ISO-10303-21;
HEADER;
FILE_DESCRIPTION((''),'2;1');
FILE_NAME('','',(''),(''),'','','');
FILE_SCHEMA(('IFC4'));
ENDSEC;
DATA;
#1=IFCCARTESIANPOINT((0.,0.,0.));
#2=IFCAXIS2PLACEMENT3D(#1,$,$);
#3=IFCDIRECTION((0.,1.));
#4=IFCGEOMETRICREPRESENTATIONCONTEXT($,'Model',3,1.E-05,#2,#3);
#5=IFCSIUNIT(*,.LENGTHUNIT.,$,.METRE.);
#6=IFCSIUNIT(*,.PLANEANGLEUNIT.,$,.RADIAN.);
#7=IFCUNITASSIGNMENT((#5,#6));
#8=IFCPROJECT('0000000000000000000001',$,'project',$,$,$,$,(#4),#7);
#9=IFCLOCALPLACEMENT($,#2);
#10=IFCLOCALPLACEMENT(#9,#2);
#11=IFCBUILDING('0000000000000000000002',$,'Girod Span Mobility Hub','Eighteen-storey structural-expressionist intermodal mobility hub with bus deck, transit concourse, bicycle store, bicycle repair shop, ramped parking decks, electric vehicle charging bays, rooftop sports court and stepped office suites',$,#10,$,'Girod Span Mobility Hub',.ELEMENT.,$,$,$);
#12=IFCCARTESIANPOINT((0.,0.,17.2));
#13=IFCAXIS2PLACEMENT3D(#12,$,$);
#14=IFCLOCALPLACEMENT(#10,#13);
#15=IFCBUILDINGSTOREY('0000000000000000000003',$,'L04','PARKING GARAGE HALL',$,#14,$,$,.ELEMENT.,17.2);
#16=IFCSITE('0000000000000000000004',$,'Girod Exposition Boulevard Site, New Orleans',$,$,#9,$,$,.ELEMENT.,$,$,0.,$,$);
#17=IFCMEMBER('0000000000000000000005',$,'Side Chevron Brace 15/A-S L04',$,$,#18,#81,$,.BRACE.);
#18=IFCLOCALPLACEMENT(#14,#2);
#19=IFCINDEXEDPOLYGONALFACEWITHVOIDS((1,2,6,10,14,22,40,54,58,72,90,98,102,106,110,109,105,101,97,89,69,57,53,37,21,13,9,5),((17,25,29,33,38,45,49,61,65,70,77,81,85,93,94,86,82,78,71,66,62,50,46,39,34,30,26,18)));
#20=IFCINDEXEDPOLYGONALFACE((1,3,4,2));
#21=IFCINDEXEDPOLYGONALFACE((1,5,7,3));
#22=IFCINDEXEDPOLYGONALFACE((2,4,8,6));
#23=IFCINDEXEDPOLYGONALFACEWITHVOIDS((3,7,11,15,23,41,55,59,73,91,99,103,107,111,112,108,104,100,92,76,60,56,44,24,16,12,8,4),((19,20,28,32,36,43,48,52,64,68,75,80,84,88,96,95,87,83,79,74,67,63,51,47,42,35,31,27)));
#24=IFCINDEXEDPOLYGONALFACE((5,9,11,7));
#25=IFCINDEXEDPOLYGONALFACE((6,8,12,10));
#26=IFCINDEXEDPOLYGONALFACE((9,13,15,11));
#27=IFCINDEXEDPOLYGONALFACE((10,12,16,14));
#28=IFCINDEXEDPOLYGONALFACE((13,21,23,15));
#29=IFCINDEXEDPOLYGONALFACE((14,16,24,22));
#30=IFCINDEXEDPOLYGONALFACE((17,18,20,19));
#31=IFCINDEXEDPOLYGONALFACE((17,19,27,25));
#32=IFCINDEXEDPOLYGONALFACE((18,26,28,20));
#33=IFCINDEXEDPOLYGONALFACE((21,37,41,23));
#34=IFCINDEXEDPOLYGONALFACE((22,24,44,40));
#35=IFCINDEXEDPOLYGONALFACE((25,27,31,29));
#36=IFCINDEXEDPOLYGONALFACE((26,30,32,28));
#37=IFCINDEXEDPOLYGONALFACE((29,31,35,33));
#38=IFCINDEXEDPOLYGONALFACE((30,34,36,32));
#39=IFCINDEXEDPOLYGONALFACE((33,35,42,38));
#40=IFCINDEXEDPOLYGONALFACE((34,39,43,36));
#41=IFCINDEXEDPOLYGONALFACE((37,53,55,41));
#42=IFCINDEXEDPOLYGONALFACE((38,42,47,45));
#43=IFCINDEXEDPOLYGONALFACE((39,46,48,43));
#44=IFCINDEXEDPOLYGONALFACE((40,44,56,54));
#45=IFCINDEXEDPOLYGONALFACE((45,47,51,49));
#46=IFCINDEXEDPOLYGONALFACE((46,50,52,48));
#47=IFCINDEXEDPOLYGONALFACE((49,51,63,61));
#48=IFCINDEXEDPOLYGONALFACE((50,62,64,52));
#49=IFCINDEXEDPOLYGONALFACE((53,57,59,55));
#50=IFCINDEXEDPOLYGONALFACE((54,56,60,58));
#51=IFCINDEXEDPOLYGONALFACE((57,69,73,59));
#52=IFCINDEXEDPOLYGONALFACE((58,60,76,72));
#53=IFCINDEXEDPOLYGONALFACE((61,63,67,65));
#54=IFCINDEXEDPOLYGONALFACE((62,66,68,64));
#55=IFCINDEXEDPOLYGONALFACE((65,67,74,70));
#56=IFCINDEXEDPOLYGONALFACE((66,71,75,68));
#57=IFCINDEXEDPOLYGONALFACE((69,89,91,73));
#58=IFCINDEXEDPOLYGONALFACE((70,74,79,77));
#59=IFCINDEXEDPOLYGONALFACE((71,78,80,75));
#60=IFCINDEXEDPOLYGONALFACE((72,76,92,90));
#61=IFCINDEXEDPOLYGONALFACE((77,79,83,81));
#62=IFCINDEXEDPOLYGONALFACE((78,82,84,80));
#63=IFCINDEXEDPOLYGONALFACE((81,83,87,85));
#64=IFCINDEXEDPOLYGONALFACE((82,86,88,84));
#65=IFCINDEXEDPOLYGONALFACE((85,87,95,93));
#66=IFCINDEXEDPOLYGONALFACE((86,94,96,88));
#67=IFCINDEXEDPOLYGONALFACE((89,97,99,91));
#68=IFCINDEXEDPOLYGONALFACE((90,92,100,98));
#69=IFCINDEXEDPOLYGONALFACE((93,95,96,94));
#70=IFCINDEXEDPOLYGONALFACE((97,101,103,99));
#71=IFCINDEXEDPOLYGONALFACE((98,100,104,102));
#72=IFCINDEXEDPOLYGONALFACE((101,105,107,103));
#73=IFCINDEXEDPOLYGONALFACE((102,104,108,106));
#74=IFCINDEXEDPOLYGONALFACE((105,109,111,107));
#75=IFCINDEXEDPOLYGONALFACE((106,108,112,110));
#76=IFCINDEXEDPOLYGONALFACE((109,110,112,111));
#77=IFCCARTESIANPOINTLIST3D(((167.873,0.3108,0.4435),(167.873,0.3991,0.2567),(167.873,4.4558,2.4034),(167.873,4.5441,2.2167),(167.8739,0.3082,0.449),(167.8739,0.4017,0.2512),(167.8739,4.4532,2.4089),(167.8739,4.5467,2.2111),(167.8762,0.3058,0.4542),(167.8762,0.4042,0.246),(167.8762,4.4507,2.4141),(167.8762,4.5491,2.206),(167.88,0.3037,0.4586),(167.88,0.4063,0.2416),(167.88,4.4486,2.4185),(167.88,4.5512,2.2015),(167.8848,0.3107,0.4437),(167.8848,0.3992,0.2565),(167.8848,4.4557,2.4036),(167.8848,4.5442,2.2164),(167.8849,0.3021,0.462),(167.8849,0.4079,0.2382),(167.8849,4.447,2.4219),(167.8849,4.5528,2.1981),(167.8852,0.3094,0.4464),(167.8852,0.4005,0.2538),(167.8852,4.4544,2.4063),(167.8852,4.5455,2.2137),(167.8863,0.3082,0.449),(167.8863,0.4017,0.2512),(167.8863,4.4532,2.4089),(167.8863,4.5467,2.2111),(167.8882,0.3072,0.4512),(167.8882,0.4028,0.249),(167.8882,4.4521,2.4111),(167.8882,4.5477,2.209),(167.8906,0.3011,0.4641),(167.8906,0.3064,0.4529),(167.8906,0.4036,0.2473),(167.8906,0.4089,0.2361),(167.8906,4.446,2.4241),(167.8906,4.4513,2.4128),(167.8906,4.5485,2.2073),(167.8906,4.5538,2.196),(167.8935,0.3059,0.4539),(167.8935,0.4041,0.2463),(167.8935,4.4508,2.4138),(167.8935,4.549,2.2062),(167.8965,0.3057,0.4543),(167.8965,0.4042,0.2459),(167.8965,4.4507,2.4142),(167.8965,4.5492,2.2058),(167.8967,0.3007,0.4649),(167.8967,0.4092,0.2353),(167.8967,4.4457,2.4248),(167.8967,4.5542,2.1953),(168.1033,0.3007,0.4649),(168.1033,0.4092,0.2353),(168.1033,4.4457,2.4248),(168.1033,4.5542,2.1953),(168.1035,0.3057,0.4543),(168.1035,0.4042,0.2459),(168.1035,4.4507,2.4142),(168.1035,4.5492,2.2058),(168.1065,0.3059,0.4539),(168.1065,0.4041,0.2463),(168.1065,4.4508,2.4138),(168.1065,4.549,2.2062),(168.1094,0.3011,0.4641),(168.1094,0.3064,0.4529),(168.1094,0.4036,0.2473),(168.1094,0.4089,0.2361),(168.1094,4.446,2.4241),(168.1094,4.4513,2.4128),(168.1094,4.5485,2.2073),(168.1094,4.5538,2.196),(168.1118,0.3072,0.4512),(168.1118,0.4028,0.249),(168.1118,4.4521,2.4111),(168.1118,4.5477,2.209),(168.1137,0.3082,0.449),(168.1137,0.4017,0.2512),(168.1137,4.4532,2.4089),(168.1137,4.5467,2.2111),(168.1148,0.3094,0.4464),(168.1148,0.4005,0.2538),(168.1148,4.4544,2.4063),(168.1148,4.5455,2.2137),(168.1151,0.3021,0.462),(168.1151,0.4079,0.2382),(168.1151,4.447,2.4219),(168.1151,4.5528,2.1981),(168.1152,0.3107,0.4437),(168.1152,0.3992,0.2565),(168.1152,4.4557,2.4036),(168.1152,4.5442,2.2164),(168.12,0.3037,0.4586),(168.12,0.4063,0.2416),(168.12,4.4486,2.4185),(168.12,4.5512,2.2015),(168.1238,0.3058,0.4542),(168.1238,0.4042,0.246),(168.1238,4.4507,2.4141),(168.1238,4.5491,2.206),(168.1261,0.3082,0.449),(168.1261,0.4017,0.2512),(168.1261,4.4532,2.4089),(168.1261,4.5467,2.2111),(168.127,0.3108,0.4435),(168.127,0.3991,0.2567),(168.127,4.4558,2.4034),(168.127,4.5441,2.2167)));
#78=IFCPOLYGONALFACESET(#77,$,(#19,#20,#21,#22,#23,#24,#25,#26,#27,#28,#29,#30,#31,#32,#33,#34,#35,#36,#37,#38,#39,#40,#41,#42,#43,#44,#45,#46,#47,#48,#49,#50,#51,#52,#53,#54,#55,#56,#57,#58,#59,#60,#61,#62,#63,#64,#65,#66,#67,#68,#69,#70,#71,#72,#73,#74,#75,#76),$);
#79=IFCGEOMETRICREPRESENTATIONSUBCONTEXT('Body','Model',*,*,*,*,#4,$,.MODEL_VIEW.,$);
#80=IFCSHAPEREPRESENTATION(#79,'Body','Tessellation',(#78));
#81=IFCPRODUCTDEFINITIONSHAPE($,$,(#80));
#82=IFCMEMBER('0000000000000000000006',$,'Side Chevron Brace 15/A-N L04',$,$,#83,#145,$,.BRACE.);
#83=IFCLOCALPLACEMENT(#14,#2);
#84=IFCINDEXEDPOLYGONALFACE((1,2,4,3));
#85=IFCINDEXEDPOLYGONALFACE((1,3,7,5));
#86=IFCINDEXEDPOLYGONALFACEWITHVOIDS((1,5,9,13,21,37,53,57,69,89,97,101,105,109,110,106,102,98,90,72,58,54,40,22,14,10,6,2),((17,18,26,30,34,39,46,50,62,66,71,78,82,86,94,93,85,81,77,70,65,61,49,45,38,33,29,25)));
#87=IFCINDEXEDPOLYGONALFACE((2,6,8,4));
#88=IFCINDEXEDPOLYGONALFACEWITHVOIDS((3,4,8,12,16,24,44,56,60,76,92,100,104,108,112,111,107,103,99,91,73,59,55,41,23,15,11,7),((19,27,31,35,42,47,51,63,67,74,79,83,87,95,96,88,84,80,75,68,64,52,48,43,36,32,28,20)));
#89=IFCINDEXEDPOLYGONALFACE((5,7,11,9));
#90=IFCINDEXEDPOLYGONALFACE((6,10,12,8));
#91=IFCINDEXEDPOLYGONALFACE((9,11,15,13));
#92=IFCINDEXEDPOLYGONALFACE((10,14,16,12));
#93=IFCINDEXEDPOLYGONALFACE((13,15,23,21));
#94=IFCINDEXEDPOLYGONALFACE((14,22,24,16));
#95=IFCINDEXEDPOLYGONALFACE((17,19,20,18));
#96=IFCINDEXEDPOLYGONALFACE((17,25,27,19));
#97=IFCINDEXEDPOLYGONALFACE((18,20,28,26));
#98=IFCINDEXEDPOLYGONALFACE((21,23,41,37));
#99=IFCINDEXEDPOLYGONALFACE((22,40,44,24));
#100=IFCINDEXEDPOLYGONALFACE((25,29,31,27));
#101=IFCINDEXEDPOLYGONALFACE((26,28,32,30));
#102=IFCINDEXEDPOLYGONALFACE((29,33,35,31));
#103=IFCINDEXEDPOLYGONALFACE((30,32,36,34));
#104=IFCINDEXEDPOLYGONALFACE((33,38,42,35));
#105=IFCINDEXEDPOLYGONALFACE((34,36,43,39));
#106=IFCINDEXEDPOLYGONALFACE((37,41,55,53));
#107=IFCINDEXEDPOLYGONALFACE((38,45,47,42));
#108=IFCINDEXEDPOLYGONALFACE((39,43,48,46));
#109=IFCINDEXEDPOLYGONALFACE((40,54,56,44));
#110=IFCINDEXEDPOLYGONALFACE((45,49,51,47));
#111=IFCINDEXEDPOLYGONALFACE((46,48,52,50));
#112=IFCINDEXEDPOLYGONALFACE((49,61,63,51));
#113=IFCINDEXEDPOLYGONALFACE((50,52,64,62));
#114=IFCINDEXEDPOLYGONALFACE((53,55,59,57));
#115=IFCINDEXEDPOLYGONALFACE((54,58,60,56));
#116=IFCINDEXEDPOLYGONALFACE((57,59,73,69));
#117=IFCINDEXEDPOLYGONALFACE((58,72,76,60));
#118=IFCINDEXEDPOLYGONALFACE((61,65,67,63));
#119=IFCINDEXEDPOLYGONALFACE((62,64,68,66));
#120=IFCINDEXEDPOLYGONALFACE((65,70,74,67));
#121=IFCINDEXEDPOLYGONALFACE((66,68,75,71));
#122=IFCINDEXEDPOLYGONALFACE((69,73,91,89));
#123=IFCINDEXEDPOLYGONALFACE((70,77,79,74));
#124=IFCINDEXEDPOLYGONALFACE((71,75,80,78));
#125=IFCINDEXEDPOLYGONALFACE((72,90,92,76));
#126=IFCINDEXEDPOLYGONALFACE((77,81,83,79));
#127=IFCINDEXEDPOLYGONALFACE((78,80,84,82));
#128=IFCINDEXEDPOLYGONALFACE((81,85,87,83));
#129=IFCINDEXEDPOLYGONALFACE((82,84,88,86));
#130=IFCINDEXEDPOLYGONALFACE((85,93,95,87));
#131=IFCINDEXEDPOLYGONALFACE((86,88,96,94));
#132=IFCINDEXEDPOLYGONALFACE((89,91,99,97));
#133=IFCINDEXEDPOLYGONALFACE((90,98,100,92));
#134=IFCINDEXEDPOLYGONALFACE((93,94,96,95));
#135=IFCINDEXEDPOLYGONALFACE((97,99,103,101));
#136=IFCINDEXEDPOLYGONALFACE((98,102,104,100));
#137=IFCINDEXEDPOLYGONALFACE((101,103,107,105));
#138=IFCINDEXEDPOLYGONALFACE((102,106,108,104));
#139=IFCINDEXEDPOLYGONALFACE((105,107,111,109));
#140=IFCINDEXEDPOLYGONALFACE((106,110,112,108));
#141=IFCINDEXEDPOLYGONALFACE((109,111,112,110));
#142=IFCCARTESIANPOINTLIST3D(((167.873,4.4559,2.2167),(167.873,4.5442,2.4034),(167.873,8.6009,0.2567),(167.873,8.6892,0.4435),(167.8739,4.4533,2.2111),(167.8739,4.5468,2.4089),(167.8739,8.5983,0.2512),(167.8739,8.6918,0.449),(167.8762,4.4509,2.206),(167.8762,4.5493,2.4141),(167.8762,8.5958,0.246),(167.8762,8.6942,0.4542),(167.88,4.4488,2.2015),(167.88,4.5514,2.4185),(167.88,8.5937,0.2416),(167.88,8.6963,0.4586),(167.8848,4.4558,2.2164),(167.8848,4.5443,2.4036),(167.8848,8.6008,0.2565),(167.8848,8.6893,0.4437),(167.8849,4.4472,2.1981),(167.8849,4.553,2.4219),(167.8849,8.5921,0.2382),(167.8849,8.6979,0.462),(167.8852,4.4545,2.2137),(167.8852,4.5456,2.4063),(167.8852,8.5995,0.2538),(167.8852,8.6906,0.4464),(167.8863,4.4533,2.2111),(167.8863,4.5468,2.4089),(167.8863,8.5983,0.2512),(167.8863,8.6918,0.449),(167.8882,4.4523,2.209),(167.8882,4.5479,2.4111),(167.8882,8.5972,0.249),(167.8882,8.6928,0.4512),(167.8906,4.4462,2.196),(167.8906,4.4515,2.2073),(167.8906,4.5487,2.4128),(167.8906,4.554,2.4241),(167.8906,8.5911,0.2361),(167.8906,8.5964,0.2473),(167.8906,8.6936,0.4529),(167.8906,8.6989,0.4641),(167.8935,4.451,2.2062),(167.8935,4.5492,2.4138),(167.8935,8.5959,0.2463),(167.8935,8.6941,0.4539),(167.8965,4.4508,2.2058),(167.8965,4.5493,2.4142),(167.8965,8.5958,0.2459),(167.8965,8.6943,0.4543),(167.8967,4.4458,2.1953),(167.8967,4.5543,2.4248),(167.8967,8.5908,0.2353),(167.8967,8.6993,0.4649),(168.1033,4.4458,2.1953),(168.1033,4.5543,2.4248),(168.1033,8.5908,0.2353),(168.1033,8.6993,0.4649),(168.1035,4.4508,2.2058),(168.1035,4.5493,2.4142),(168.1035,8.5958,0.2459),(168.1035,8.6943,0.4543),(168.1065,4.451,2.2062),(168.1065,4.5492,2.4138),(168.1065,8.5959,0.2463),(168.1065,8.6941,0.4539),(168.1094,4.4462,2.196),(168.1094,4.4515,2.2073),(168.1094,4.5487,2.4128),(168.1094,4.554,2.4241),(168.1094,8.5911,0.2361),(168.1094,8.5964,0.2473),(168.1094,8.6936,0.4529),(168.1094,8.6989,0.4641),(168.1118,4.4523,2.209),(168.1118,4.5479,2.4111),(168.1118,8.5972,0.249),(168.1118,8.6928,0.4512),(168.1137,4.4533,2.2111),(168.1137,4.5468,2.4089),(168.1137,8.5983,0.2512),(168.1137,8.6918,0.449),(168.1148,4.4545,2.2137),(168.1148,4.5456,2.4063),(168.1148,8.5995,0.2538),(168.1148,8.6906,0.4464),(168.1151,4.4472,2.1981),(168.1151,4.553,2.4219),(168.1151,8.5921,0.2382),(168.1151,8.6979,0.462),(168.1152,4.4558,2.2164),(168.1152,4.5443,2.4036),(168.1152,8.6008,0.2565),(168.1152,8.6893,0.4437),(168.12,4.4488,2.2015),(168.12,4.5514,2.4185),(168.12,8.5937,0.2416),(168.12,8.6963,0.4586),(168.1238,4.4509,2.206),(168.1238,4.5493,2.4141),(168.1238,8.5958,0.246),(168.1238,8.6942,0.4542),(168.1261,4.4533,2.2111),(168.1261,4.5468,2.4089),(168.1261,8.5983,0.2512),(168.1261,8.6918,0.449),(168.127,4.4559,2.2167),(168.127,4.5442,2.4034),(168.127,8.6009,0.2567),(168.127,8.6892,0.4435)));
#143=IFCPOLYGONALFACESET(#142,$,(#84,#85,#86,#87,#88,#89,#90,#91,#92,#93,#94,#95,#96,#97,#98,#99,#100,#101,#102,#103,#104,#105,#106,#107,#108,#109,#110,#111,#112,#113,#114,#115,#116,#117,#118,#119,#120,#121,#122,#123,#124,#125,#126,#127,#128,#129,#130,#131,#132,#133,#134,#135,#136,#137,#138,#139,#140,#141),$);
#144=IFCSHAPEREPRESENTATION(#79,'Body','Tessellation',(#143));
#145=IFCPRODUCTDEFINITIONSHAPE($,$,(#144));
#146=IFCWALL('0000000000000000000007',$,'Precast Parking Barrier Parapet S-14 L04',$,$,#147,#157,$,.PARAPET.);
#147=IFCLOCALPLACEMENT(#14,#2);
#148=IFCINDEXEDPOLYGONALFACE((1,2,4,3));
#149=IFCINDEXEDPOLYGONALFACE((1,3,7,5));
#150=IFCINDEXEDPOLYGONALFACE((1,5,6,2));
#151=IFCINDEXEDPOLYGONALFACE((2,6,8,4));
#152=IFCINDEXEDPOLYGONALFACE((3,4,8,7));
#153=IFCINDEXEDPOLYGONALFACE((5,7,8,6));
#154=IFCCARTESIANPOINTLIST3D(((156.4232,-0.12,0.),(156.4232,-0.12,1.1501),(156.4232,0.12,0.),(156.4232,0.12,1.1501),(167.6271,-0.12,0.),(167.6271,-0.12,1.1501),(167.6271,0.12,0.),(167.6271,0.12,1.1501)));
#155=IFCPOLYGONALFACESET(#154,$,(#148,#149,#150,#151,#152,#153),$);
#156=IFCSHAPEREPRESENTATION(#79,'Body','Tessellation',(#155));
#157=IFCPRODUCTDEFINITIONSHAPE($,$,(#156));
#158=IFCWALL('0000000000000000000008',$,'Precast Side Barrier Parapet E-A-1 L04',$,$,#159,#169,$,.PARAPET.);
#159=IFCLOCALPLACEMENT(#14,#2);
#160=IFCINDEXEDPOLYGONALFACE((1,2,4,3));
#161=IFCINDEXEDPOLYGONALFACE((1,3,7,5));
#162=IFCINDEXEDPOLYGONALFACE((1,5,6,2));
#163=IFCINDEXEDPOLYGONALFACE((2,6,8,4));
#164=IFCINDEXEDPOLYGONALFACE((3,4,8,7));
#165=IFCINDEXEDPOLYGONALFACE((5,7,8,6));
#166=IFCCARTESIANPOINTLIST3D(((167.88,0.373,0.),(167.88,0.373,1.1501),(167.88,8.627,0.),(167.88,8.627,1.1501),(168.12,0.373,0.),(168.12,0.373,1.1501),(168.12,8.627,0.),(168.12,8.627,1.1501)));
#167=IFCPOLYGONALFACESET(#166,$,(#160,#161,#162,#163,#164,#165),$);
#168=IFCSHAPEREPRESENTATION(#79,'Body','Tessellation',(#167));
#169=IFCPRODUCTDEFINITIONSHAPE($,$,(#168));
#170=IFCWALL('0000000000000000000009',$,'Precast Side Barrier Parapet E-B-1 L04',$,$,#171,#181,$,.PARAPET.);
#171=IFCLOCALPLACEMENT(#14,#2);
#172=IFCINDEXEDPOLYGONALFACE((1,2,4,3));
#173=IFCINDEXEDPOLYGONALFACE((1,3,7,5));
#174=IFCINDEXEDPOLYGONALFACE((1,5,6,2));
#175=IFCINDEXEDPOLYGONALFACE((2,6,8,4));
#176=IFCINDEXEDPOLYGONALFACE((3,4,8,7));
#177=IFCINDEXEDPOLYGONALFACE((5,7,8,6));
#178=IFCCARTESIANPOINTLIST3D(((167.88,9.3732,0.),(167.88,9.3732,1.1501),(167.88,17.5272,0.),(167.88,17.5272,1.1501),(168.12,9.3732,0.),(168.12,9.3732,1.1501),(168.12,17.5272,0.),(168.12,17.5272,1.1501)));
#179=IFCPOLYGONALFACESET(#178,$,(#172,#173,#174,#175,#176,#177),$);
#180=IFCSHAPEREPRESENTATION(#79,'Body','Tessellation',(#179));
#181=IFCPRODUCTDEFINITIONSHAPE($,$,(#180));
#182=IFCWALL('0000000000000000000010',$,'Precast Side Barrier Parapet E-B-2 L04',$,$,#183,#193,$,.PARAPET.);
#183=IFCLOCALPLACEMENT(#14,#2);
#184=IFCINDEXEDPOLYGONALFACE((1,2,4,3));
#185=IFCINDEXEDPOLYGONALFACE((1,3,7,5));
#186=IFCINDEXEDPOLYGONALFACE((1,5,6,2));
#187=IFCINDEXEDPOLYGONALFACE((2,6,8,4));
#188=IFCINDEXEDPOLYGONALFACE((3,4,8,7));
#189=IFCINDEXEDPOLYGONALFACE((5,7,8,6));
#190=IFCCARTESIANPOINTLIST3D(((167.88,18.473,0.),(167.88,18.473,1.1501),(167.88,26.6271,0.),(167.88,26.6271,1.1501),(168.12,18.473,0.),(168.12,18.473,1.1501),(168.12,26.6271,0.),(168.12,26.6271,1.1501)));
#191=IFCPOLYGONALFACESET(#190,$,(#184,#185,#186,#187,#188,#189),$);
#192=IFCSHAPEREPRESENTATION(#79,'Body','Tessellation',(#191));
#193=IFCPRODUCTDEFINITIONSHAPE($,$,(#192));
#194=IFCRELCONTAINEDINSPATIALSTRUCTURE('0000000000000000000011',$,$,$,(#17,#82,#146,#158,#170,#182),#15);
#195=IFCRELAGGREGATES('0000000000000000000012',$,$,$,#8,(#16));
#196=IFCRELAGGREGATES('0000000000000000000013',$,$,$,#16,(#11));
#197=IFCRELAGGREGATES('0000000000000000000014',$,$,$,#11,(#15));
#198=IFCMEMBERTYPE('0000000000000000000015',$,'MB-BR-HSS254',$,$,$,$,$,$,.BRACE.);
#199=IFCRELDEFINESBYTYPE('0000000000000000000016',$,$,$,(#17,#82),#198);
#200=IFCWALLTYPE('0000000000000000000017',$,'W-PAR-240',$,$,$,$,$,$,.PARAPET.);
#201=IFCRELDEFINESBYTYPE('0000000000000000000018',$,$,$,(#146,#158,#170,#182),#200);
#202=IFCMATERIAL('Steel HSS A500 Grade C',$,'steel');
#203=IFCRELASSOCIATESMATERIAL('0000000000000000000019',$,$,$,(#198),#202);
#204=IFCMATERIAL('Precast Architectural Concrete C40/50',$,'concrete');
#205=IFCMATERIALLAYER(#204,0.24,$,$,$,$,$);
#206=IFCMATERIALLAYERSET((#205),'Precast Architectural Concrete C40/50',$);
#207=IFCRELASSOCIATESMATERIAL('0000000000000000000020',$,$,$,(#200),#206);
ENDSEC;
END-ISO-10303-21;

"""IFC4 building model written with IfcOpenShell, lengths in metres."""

from ifc_helpers import new_model, si_unit, direction, frame, frame_2d, origin, origin_2d, place, context, subcontext, project, spatial, rectangle, hollow_rectangle, extrude, material, layer, layer_set, material_profile, profile_set, type_object, element, save


model = new_model("IFC4")

# Units and contexts
model_context = context("Model", 3, precision=1e-05, world=origin(), true_north=direction((0.0, 1.0)))
body_context = subcontext(model_context, "Body", "Model", "MODEL_VIEW")
ifc_project = project(units=[si_unit("LENGTHUNIT", "METRE"), si_unit("PLANEANGLEUNIT", "RADIAN")], contexts=[model_context])

# Site, building, storey
site_placement = place(None, origin())
site = spatial("IfcSite", under=ifc_project, at=site_placement, Name="Girod Exposition Boulevard Site, New Orleans", CompositionType="ELEMENT", RefElevation=0.0)
building_placement = place(site_placement, origin())
building = spatial("IfcBuilding", under=site, at=building_placement, Name="Girod Span Mobility Hub", Description="Eighteen-storey structural-expressionist intermodal mobility hub with bus deck, transit concourse, bicycle store, bicycle repair shop, ramped parking decks, electric vehicle charging bays, rooftop sports court and stepped office suites", LongName="Girod Span Mobility Hub", CompositionType="ELEMENT")
storey_placement = place(building_placement, frame((0.0, 0.0, 17.2)))
storey = spatial("IfcBuildingStorey", under=building, at=storey_placement, Name="L04", Description="PARKING GARAGE HALL", CompositionType="ELEMENT", Elevation=17.2)

# Members
ifc_material_1 = material(Name="Steel HSS A500 Grade C", Category="steel")
ifc_material_profile_1 = material_profile(ifc_material_1, hollow_rectangle(XDim=0.2539, YDim=0.2539, WallThickness=0.0117, InnerFilletRadius=0.0117, OuterFilletRadius=0.0237, at=origin_2d()), Name="HSS254X254X12.7")
ifc_profile_set_1 = profile_set([ifc_material_profile_1], Name="Steel HSS A500 Grade C")
member_type = type_object("IfcMemberType", Name="MB-BR-HSS254", PredefinedType="BRACE", material=ifc_profile_set_1)
for number, where, z_axis, x_axis, name in (
    (1, (168.0, 0.355, 0.3501), (0.0, 0.90403, 0.427468), (-1.0, 0.0, 0.0), "Side Chevron Brace 15/A-S L04"),
    (2, (168.0, 8.645, 0.3501), (0.0, -0.90403, 0.427468), (1.0, 0.0, 0.0), "Side Chevron Brace 15/A-N L04"),
):
    element("IfcMember", number, at=place(storey_placement, frame(where, z_axis=z_axis, x_axis=x_axis)), inside=storey, type_object=member_type, Name=name, PredefinedType="BRACE", context=body_context, shape_type="SweptSolid", body=[
        extrude(hollow_rectangle(XDim=0.2539, YDim=0.2539, WallThickness=0.0117, InnerFilletRadius=0.0117, OuterFilletRadius=0.0237, at=origin_2d()), origin(), (0.0, 0.0, 1.0), 4.585),
    ])

# Walls
ifc_material_2 = material(Name="Precast Architectural Concrete C40/50", Category="concrete")
ifc_layer = layer(ifc_material_2, 0.24)
ifc_layer_set = layer_set([ifc_layer], Name="Precast Architectural Concrete C40/50")
wall_type = type_object("IfcWallType", Name="W-PAR-240", PredefinedType="PARAPET", material=ifc_layer_set)
wall_1_placement = place(storey_placement, frame((156.4231, 0.0, 0.0), z_axis=(0.0, 0.0, 1.0), x_axis=(1.0, 0.0, 0.0)))
element("IfcWall", 3, at=wall_1_placement, inside=storey, type_object=wall_type, Name="Precast Parking Barrier Parapet S-14 L04", PredefinedType="PARAPET", context=body_context, shape_type="SweptSolid", body=[
    extrude(rectangle(XDim=11.2039, YDim=0.24, at=frame_2d((5.6021, 0.0))), origin(), (0.0, 0.0, 1.0), 1.1501),
])
wall_2_placement = place(storey_placement, frame((168.0, 0.373, 0.0), z_axis=(0.0, 0.0, 1.0), x_axis=(0.0, 1.0, 0.0)))
element("IfcWall", 4, at=wall_2_placement, inside=storey, type_object=wall_type, Name="Precast Side Barrier Parapet E-A-1 L04", PredefinedType="PARAPET", context=body_context, shape_type="SweptSolid", body=[
    extrude(rectangle(XDim=8.2539, YDim=0.24, at=frame_2d((4.127, 0.0))), origin(), (0.0, 0.0, 1.0), 1.1501),
])
for number, where, z_axis, x_axis, name in (
    (5, (168.0, 9.373, 0.0), (0.0, 0.0, 1.0), (0.0, 1.0, 0.0), "Precast Side Barrier Parapet E-B-1 L04"),
    (6, (168.0, 18.4729, 0.0), (0.0, 0.0, 1.0), (0.0, 1.0, 0.0), "Precast Side Barrier Parapet E-B-2 L04"),
):
    element("IfcWall", number, at=place(storey_placement, frame(where, z_axis=z_axis, x_axis=x_axis)), inside=storey, type_object=wall_type, Name=name, PredefinedType="PARAPET", context=body_context, shape_type="SweptSolid", body=[
        extrude(rectangle(XDim=8.1541, YDim=0.24, at=frame_2d((4.0771, 0.0))), origin(), (0.0, 0.0, 1.0), 1.1501),
    ])

save(model, "model.ifc")
